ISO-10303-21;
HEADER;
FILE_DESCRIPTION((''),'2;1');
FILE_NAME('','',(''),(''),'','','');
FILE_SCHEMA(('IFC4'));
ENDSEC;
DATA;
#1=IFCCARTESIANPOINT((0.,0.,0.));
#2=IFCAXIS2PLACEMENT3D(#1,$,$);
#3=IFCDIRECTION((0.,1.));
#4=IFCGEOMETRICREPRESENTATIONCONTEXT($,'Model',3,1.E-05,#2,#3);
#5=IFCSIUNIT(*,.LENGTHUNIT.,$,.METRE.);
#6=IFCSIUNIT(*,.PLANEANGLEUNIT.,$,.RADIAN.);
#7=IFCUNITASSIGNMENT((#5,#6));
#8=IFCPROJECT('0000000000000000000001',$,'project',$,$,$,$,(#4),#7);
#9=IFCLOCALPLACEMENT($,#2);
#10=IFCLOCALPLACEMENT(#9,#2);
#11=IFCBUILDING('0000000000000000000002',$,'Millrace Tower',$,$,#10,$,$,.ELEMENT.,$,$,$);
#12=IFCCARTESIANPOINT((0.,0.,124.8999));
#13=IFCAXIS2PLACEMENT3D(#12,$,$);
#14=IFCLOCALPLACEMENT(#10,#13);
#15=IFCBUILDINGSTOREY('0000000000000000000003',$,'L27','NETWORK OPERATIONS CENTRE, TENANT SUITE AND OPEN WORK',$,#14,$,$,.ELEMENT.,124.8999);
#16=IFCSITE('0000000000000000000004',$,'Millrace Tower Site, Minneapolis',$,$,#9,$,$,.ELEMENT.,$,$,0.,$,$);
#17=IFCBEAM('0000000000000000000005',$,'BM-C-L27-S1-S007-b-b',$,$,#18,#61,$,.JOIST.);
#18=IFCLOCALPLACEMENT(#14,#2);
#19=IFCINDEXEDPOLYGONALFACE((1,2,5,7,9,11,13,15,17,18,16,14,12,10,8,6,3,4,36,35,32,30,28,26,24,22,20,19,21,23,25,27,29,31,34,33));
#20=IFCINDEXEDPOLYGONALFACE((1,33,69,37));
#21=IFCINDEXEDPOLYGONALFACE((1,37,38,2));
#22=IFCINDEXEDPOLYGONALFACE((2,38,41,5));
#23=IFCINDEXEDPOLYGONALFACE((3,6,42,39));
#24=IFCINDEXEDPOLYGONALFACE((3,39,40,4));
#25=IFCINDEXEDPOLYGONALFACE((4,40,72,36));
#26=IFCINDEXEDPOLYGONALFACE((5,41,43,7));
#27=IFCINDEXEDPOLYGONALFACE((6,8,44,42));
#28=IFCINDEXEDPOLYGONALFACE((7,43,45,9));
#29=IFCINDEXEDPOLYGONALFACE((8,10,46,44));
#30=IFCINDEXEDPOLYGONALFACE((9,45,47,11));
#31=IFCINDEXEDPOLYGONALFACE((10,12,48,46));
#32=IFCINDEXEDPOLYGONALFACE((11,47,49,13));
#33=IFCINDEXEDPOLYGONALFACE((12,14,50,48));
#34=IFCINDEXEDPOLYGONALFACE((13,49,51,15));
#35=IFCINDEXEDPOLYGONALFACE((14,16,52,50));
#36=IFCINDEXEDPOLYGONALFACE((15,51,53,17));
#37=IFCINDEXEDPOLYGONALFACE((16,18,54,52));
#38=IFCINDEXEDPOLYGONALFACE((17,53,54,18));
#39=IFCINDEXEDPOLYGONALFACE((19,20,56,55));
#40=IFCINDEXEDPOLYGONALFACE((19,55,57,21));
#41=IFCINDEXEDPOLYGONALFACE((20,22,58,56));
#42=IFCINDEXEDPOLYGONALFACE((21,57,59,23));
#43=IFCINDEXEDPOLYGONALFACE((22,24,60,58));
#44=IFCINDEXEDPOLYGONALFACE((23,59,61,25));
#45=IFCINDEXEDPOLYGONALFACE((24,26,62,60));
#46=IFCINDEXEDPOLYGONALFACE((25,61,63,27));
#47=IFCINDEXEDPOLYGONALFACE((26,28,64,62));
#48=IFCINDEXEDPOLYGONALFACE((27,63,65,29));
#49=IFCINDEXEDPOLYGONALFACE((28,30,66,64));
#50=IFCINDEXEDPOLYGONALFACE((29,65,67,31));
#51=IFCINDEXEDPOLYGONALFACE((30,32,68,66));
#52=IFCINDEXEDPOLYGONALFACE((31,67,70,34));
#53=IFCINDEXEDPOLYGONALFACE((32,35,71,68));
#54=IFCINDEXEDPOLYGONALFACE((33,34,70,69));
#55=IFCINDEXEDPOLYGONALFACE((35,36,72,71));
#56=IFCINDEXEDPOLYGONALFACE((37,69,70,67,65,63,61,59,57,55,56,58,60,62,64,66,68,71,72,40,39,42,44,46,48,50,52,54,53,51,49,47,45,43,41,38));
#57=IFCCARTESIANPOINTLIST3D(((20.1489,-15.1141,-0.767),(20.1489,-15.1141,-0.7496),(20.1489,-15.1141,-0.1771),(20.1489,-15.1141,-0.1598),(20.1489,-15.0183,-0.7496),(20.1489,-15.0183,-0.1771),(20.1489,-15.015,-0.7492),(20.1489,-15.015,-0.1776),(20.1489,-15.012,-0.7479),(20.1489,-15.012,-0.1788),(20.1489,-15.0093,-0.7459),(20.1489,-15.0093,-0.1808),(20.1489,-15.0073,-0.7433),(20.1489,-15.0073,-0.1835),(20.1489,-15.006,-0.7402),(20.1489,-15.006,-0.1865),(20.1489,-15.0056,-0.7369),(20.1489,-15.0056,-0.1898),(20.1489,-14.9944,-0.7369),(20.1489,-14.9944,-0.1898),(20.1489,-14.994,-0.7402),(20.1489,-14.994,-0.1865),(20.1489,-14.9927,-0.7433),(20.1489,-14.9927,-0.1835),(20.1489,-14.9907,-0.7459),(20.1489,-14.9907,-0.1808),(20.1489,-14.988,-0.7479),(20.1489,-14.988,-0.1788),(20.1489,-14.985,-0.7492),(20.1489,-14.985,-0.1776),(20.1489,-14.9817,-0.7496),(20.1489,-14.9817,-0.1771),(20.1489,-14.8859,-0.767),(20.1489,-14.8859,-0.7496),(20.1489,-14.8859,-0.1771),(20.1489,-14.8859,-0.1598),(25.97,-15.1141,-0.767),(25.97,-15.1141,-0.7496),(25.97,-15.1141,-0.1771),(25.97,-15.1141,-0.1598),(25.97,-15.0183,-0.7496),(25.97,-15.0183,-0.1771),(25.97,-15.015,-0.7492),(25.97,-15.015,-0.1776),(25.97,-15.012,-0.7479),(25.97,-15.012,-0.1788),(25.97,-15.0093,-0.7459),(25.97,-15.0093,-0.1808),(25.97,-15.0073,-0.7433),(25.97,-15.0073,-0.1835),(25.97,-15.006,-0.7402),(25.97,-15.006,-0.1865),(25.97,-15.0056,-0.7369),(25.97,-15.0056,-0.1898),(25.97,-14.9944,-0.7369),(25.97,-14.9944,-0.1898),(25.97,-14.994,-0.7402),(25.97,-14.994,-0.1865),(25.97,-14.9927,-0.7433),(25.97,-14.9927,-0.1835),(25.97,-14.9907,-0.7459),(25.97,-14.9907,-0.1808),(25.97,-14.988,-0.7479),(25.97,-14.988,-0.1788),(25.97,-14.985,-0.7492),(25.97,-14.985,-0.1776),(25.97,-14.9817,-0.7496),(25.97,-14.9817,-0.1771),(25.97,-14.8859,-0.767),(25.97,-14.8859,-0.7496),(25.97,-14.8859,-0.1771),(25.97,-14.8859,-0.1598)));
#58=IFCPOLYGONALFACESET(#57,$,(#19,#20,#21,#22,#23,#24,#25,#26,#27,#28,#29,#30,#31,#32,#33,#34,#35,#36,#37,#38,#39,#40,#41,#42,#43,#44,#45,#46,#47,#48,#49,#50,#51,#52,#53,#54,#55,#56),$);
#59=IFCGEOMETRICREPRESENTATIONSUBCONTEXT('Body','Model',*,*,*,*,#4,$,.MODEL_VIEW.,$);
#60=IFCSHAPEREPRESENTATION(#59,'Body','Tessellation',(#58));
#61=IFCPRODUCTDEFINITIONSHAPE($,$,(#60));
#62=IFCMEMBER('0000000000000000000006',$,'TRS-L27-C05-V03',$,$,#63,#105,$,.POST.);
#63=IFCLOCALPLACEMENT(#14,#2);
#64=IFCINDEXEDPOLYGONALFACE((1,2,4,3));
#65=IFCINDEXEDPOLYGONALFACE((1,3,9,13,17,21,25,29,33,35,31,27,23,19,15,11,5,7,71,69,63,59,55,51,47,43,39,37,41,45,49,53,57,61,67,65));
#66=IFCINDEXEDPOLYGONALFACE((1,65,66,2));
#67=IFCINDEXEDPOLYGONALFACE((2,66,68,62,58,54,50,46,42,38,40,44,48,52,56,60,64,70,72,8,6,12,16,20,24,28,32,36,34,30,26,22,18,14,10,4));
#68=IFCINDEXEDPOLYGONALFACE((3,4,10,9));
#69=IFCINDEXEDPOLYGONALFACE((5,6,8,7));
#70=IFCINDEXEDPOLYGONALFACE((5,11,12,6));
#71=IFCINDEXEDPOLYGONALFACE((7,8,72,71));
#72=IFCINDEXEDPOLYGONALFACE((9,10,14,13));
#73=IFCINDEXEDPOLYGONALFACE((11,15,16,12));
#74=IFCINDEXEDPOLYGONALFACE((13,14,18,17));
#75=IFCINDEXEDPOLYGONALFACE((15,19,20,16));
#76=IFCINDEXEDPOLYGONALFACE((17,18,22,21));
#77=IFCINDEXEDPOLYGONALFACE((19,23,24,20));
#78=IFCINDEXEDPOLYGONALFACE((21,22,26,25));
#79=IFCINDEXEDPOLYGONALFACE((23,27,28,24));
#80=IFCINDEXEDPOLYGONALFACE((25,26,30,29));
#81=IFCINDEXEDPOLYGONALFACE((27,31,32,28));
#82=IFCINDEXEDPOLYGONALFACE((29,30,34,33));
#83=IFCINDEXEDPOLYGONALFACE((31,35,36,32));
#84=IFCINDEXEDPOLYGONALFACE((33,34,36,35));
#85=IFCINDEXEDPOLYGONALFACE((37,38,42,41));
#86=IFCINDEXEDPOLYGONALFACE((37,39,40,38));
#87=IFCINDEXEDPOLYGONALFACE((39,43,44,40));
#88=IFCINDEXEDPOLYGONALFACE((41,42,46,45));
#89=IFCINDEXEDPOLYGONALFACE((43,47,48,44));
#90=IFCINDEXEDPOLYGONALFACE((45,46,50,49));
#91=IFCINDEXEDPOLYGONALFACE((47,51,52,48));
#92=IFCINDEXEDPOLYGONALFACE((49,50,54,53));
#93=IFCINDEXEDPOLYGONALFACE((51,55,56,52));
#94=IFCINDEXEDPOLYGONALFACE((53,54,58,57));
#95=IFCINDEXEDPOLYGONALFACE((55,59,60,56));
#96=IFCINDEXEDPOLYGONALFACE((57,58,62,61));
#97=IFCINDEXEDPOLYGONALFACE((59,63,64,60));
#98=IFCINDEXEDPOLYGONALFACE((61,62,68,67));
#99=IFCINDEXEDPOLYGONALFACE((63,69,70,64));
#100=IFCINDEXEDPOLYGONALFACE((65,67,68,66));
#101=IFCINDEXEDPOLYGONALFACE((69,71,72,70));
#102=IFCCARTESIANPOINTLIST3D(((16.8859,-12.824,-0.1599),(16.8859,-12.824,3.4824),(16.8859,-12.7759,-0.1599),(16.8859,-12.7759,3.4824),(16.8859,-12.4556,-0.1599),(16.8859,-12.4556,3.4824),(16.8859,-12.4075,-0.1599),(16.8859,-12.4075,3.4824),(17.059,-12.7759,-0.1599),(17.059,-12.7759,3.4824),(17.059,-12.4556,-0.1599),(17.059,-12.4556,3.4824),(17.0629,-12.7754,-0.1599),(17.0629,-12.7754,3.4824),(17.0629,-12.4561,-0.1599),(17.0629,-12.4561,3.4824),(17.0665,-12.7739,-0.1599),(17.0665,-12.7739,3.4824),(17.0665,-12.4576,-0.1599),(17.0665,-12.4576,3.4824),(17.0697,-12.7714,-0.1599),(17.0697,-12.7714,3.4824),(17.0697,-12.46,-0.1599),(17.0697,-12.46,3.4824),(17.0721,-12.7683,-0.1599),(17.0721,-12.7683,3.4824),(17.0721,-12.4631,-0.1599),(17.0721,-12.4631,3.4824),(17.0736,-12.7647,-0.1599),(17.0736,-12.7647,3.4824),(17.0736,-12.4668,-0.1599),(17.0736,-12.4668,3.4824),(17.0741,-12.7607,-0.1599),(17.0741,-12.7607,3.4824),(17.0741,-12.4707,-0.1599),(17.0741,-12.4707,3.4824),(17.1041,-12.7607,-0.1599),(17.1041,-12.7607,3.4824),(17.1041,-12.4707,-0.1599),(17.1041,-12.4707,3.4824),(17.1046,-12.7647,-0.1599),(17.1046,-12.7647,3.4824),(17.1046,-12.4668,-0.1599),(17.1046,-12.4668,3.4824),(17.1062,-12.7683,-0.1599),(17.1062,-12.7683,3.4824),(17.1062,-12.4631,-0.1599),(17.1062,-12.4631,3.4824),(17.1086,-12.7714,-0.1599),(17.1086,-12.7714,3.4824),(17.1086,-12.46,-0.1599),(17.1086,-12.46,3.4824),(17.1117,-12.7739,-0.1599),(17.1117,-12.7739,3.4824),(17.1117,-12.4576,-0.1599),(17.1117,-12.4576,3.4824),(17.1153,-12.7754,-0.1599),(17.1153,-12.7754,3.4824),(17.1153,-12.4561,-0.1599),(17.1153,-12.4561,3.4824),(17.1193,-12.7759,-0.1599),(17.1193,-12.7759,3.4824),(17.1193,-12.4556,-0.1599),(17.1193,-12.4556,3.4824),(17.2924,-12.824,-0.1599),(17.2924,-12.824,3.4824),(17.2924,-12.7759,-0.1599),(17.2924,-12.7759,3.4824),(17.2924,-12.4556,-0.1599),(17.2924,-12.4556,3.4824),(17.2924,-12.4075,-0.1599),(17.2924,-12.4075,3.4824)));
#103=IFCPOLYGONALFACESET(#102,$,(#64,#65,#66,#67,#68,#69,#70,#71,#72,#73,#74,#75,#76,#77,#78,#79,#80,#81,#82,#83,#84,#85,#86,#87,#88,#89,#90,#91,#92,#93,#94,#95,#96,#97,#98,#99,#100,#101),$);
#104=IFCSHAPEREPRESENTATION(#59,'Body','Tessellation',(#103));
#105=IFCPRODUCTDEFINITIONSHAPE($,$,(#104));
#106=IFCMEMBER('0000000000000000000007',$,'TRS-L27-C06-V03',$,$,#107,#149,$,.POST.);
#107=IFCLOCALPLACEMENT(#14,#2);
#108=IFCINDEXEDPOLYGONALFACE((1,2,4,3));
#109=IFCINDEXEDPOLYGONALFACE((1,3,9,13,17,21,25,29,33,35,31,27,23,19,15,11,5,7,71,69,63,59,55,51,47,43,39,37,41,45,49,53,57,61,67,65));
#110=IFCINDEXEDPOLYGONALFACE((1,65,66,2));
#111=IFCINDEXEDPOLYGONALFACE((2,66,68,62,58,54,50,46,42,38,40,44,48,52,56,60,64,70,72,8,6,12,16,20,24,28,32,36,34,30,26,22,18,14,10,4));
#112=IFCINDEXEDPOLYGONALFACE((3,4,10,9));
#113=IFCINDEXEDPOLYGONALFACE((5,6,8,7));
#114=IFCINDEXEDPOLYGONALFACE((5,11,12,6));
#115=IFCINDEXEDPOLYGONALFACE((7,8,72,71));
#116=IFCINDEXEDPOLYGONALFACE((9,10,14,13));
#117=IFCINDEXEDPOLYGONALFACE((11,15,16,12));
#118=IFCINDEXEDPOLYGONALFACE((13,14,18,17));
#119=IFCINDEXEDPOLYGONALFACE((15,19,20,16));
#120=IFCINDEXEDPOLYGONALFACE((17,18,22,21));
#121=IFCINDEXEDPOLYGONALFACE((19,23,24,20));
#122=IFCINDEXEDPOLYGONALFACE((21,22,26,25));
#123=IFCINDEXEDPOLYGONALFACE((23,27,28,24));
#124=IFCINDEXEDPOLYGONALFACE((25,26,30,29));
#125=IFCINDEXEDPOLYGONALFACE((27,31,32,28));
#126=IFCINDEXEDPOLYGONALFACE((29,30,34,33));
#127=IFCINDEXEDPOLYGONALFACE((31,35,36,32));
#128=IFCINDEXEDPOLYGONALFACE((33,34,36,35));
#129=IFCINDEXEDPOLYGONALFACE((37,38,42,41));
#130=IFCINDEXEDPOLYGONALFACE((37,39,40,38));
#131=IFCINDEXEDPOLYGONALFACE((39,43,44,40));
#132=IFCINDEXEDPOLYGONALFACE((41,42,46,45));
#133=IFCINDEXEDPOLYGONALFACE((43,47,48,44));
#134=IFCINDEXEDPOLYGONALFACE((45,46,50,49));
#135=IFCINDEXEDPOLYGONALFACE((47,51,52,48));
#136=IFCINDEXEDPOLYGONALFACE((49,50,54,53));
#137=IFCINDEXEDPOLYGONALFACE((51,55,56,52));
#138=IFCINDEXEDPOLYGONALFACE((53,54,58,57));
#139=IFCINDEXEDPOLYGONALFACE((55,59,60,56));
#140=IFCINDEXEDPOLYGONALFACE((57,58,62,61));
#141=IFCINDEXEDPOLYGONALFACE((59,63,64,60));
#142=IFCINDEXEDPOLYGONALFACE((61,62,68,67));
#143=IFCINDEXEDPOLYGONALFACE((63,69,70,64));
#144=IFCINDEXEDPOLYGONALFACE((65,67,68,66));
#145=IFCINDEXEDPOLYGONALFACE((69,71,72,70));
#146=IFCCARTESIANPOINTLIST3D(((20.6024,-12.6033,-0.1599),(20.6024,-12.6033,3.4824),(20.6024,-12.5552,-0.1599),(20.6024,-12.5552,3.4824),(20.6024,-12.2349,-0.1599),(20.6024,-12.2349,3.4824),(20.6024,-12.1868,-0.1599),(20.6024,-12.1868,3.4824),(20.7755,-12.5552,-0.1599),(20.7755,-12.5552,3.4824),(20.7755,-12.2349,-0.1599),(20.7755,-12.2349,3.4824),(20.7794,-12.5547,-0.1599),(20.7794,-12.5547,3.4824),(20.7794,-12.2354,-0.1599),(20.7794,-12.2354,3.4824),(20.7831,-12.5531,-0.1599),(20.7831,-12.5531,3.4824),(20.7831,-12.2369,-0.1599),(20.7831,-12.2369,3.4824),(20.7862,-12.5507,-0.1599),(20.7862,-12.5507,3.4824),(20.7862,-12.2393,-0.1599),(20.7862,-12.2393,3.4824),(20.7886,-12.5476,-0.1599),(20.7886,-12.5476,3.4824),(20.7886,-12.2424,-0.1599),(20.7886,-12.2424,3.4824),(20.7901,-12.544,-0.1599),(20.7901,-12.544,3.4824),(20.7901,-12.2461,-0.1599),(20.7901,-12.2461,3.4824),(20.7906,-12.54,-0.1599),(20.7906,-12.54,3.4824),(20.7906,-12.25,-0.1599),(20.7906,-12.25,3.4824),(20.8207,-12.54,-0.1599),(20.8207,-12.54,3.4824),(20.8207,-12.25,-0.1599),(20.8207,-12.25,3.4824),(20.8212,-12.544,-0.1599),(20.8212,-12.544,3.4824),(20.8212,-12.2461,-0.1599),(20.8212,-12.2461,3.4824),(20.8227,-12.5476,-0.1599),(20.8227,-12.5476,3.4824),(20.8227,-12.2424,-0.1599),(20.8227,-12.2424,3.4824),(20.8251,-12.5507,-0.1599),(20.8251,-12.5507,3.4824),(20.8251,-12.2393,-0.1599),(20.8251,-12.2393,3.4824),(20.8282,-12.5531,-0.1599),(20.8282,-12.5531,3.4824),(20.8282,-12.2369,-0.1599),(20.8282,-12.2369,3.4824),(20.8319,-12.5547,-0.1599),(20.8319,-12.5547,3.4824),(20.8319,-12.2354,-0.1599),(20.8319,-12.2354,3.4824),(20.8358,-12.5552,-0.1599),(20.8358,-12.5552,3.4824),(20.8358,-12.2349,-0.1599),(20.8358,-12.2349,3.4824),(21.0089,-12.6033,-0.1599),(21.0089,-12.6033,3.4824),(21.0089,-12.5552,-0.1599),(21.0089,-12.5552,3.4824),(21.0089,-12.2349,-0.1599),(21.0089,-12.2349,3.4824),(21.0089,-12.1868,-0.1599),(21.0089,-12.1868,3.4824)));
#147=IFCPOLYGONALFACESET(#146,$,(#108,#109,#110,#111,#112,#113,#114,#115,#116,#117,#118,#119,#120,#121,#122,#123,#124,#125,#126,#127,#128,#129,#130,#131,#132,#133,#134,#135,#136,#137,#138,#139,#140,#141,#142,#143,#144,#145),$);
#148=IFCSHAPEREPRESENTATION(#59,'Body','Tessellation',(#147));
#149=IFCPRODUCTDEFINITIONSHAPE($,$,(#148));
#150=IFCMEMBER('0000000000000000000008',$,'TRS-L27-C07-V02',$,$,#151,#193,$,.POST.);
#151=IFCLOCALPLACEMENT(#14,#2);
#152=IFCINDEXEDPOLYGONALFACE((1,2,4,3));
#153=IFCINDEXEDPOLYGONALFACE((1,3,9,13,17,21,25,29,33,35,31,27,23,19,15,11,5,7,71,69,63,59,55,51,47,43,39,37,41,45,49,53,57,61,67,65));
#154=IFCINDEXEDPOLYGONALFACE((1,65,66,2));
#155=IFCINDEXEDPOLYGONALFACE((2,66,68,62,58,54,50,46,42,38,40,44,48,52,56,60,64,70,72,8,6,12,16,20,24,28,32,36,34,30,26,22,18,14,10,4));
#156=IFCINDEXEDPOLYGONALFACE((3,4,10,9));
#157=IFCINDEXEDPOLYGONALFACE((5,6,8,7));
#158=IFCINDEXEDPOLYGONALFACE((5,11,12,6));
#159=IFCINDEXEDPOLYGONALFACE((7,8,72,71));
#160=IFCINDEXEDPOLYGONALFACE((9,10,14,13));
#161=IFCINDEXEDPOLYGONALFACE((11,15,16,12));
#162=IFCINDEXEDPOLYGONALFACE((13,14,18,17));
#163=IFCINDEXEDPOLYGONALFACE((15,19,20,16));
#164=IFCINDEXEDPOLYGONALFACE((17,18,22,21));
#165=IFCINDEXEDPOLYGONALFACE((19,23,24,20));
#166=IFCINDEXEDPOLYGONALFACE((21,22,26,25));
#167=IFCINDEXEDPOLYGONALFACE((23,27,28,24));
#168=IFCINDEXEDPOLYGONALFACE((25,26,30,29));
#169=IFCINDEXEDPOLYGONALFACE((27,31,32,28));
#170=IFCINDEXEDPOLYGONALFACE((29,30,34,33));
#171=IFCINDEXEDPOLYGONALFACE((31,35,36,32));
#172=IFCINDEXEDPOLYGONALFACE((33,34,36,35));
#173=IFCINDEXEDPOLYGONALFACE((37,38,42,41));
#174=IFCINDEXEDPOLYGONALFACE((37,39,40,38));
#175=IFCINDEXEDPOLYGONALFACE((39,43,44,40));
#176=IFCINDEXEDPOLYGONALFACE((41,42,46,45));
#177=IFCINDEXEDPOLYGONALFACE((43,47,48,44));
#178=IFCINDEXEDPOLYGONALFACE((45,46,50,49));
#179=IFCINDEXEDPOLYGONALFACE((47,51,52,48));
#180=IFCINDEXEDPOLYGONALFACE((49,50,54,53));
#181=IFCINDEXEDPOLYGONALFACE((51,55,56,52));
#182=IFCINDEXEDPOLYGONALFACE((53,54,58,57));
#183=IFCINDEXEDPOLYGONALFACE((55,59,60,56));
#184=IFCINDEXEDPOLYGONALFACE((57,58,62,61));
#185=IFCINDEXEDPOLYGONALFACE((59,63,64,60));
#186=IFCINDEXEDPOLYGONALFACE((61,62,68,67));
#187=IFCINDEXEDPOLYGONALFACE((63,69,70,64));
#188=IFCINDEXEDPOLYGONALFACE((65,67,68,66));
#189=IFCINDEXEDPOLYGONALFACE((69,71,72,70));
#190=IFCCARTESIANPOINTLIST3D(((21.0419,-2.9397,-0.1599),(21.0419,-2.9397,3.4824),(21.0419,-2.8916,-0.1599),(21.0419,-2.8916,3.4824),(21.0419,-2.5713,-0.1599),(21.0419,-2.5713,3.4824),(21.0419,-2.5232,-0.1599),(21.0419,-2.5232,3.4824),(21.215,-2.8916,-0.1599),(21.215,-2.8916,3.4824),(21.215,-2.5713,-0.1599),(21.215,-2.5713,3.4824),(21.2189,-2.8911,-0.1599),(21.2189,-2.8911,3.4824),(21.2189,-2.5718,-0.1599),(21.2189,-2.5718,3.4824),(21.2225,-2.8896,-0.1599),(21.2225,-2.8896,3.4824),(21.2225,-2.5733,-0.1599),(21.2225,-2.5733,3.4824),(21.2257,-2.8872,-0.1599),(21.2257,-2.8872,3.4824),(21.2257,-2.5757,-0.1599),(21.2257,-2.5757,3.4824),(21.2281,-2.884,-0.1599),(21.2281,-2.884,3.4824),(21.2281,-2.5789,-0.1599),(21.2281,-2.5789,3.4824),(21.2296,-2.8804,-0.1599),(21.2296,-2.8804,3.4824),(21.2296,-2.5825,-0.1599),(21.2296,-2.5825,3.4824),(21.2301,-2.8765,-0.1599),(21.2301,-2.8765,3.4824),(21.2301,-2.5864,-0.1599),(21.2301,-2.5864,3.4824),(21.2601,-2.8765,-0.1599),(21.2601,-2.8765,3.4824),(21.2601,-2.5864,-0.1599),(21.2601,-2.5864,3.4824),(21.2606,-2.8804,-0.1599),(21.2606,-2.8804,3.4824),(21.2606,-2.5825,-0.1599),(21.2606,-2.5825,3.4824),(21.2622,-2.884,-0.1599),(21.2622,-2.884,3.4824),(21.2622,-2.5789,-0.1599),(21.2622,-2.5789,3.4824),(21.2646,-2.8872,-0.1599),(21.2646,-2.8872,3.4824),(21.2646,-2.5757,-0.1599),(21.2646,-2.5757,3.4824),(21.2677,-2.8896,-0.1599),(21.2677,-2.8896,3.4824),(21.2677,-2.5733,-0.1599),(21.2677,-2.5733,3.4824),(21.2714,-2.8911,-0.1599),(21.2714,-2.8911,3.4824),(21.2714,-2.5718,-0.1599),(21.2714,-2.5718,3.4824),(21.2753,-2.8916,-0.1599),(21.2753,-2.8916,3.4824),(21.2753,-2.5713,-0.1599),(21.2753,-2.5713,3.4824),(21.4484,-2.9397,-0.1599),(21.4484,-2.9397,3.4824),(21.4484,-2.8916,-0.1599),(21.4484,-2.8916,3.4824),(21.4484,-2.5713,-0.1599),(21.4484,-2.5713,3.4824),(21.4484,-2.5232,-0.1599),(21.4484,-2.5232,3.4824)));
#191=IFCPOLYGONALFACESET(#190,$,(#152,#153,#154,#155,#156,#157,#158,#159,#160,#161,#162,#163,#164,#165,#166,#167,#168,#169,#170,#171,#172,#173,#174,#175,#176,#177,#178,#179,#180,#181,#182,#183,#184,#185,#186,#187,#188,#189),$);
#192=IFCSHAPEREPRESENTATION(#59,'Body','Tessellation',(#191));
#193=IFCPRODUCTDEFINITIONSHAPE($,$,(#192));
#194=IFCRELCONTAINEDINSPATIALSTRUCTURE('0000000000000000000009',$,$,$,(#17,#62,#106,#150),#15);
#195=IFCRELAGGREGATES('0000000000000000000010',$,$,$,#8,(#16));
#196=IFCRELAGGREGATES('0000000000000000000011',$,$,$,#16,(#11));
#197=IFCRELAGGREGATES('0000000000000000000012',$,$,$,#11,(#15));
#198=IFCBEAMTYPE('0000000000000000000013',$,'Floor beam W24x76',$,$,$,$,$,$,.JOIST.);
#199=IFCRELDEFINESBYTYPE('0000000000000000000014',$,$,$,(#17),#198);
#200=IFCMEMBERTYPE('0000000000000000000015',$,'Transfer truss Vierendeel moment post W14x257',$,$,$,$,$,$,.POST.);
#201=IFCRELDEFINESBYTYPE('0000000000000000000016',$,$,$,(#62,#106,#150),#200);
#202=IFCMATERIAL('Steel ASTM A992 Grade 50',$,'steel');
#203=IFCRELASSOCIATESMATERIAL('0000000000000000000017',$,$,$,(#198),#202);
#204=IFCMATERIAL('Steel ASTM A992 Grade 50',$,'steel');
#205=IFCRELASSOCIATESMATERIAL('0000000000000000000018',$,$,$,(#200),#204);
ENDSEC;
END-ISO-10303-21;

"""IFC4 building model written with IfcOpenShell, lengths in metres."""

from ifc_helpers import new_model, si_unit, direction, frame, origin, origin_2d, place, context, subcontext, project, spatial, i_section, extrude, material, material_profile, profile_set, type_object, element, save


model = new_model("IFC4")

# Units and contexts
model_context = context("Model", 3, precision=1e-05, world=origin(), true_north=direction((0.0, 1.0)))
body_context = subcontext(model_context, "Body", "Model", "MODEL_VIEW")
ifc_project = project(units=[si_unit("LENGTHUNIT", "METRE"), si_unit("PLANEANGLEUNIT", "RADIAN")], contexts=[model_context])

# Site, building, storey
site_placement = place(None, origin())
site = spatial("IfcSite", under=ifc_project, at=site_placement, Name="Millrace Tower Site, Minneapolis", CompositionType="ELEMENT", RefElevation=0.0)
building_placement = place(site_placement, origin())
building = spatial("IfcBuilding", under=site, at=building_placement, Name="Millrace Tower", CompositionType="ELEMENT")
storey_placement = place(building_placement, frame((0.0, 0.0, 124.8999)))
storey = spatial("IfcBuildingStorey", under=building, at=storey_placement, Name="L27", Description="NETWORK OPERATIONS CENTRE, TENANT SUITE AND OPEN WORK", CompositionType="ELEMENT", Elevation=124.8999)

# Beam
ifc_material_1 = material(Name="Steel ASTM A992 Grade 50", Category="steel")
ifc_material_profile_1 = material_profile(ifc_material_1, i_section(OverallWidth=0.2283, OverallDepth=0.6072, WebThickness=0.0112, FlangeThickness=0.0173, FilletRadius=0.0127, at=origin_2d()))
ifc_profile_set_1 = profile_set([ifc_material_profile_1], Name="Steel ASTM A992 Grade 50")
beam_type_1 = type_object("IfcBeamType", Name="Floor beam W24x76", PredefinedType="JOIST", material=ifc_profile_set_1)
beam_1_placement = place(storey_placement, frame((20.1489, -15.0, -0.4634), z_axis=(1.0, 0.0, 0.0), x_axis=(0.0, 1.0, 0.0)))
element("IfcBeam", 1, at=beam_1_placement, inside=storey, type_object=beam_type_1, Name="BM-C-L27-S1-S007-b-b", PredefinedType="JOIST", context=body_context, shape_type="SweptSolid", body=[
    extrude(i_section(OverallWidth=0.2283, OverallDepth=0.6072, WebThickness=0.0112, FlangeThickness=0.0173, FilletRadius=0.0127, at=origin_2d()), origin(), (0.0, 0.0, 1.0), 5.821),
])

# Members
ifc_material_2 = material(Name="Steel ASTM A992 Grade 50", Category="steel")
ifc_material_profile_2 = material_profile(ifc_material_2, i_section(OverallWidth=0.4065, OverallDepth=0.4165, WebThickness=0.03, FlangeThickness=0.0481, FilletRadius=0.0151, at=origin_2d()))
ifc_profile_set_2 = profile_set([ifc_material_profile_2], Name="Steel ASTM A992 Grade 50")
member_type = type_object("IfcMemberType", Name="Transfer truss Vierendeel moment post W14x257", PredefinedType="POST", material=ifc_profile_set_2)
for number, where, z_axis, x_axis, name in (
    (2, (17.0891, -12.6157, -0.1599), (0.0, 0.0, 1.0), (1.0, 0.0, 0.0), "TRS-L27-C05-V03"),
    (3, (20.8057, -12.395, -0.1599), (0.0, 0.0, 1.0), (1.0, 0.0, 0.0), "TRS-L27-C06-V03"),
    (4, (21.2451, -2.7314, -0.1599), (0.0, 0.0, 1.0), (1.0, 0.0, 0.0), "TRS-L27-C07-V02"),
):
    element("IfcMember", number, at=place(storey_placement, frame(where, z_axis=z_axis, x_axis=x_axis)), inside=storey, type_object=member_type, Name=name, PredefinedType="POST", context=body_context, shape_type="SweptSolid", body=[
        extrude(i_section(OverallWidth=0.4065, OverallDepth=0.4165, WebThickness=0.03, FlangeThickness=0.0481, FilletRadius=0.0151, at=origin_2d()), origin(), (0.0, 0.0, 1.0), 3.6423),
    ])

save(model, "model.ifc")
